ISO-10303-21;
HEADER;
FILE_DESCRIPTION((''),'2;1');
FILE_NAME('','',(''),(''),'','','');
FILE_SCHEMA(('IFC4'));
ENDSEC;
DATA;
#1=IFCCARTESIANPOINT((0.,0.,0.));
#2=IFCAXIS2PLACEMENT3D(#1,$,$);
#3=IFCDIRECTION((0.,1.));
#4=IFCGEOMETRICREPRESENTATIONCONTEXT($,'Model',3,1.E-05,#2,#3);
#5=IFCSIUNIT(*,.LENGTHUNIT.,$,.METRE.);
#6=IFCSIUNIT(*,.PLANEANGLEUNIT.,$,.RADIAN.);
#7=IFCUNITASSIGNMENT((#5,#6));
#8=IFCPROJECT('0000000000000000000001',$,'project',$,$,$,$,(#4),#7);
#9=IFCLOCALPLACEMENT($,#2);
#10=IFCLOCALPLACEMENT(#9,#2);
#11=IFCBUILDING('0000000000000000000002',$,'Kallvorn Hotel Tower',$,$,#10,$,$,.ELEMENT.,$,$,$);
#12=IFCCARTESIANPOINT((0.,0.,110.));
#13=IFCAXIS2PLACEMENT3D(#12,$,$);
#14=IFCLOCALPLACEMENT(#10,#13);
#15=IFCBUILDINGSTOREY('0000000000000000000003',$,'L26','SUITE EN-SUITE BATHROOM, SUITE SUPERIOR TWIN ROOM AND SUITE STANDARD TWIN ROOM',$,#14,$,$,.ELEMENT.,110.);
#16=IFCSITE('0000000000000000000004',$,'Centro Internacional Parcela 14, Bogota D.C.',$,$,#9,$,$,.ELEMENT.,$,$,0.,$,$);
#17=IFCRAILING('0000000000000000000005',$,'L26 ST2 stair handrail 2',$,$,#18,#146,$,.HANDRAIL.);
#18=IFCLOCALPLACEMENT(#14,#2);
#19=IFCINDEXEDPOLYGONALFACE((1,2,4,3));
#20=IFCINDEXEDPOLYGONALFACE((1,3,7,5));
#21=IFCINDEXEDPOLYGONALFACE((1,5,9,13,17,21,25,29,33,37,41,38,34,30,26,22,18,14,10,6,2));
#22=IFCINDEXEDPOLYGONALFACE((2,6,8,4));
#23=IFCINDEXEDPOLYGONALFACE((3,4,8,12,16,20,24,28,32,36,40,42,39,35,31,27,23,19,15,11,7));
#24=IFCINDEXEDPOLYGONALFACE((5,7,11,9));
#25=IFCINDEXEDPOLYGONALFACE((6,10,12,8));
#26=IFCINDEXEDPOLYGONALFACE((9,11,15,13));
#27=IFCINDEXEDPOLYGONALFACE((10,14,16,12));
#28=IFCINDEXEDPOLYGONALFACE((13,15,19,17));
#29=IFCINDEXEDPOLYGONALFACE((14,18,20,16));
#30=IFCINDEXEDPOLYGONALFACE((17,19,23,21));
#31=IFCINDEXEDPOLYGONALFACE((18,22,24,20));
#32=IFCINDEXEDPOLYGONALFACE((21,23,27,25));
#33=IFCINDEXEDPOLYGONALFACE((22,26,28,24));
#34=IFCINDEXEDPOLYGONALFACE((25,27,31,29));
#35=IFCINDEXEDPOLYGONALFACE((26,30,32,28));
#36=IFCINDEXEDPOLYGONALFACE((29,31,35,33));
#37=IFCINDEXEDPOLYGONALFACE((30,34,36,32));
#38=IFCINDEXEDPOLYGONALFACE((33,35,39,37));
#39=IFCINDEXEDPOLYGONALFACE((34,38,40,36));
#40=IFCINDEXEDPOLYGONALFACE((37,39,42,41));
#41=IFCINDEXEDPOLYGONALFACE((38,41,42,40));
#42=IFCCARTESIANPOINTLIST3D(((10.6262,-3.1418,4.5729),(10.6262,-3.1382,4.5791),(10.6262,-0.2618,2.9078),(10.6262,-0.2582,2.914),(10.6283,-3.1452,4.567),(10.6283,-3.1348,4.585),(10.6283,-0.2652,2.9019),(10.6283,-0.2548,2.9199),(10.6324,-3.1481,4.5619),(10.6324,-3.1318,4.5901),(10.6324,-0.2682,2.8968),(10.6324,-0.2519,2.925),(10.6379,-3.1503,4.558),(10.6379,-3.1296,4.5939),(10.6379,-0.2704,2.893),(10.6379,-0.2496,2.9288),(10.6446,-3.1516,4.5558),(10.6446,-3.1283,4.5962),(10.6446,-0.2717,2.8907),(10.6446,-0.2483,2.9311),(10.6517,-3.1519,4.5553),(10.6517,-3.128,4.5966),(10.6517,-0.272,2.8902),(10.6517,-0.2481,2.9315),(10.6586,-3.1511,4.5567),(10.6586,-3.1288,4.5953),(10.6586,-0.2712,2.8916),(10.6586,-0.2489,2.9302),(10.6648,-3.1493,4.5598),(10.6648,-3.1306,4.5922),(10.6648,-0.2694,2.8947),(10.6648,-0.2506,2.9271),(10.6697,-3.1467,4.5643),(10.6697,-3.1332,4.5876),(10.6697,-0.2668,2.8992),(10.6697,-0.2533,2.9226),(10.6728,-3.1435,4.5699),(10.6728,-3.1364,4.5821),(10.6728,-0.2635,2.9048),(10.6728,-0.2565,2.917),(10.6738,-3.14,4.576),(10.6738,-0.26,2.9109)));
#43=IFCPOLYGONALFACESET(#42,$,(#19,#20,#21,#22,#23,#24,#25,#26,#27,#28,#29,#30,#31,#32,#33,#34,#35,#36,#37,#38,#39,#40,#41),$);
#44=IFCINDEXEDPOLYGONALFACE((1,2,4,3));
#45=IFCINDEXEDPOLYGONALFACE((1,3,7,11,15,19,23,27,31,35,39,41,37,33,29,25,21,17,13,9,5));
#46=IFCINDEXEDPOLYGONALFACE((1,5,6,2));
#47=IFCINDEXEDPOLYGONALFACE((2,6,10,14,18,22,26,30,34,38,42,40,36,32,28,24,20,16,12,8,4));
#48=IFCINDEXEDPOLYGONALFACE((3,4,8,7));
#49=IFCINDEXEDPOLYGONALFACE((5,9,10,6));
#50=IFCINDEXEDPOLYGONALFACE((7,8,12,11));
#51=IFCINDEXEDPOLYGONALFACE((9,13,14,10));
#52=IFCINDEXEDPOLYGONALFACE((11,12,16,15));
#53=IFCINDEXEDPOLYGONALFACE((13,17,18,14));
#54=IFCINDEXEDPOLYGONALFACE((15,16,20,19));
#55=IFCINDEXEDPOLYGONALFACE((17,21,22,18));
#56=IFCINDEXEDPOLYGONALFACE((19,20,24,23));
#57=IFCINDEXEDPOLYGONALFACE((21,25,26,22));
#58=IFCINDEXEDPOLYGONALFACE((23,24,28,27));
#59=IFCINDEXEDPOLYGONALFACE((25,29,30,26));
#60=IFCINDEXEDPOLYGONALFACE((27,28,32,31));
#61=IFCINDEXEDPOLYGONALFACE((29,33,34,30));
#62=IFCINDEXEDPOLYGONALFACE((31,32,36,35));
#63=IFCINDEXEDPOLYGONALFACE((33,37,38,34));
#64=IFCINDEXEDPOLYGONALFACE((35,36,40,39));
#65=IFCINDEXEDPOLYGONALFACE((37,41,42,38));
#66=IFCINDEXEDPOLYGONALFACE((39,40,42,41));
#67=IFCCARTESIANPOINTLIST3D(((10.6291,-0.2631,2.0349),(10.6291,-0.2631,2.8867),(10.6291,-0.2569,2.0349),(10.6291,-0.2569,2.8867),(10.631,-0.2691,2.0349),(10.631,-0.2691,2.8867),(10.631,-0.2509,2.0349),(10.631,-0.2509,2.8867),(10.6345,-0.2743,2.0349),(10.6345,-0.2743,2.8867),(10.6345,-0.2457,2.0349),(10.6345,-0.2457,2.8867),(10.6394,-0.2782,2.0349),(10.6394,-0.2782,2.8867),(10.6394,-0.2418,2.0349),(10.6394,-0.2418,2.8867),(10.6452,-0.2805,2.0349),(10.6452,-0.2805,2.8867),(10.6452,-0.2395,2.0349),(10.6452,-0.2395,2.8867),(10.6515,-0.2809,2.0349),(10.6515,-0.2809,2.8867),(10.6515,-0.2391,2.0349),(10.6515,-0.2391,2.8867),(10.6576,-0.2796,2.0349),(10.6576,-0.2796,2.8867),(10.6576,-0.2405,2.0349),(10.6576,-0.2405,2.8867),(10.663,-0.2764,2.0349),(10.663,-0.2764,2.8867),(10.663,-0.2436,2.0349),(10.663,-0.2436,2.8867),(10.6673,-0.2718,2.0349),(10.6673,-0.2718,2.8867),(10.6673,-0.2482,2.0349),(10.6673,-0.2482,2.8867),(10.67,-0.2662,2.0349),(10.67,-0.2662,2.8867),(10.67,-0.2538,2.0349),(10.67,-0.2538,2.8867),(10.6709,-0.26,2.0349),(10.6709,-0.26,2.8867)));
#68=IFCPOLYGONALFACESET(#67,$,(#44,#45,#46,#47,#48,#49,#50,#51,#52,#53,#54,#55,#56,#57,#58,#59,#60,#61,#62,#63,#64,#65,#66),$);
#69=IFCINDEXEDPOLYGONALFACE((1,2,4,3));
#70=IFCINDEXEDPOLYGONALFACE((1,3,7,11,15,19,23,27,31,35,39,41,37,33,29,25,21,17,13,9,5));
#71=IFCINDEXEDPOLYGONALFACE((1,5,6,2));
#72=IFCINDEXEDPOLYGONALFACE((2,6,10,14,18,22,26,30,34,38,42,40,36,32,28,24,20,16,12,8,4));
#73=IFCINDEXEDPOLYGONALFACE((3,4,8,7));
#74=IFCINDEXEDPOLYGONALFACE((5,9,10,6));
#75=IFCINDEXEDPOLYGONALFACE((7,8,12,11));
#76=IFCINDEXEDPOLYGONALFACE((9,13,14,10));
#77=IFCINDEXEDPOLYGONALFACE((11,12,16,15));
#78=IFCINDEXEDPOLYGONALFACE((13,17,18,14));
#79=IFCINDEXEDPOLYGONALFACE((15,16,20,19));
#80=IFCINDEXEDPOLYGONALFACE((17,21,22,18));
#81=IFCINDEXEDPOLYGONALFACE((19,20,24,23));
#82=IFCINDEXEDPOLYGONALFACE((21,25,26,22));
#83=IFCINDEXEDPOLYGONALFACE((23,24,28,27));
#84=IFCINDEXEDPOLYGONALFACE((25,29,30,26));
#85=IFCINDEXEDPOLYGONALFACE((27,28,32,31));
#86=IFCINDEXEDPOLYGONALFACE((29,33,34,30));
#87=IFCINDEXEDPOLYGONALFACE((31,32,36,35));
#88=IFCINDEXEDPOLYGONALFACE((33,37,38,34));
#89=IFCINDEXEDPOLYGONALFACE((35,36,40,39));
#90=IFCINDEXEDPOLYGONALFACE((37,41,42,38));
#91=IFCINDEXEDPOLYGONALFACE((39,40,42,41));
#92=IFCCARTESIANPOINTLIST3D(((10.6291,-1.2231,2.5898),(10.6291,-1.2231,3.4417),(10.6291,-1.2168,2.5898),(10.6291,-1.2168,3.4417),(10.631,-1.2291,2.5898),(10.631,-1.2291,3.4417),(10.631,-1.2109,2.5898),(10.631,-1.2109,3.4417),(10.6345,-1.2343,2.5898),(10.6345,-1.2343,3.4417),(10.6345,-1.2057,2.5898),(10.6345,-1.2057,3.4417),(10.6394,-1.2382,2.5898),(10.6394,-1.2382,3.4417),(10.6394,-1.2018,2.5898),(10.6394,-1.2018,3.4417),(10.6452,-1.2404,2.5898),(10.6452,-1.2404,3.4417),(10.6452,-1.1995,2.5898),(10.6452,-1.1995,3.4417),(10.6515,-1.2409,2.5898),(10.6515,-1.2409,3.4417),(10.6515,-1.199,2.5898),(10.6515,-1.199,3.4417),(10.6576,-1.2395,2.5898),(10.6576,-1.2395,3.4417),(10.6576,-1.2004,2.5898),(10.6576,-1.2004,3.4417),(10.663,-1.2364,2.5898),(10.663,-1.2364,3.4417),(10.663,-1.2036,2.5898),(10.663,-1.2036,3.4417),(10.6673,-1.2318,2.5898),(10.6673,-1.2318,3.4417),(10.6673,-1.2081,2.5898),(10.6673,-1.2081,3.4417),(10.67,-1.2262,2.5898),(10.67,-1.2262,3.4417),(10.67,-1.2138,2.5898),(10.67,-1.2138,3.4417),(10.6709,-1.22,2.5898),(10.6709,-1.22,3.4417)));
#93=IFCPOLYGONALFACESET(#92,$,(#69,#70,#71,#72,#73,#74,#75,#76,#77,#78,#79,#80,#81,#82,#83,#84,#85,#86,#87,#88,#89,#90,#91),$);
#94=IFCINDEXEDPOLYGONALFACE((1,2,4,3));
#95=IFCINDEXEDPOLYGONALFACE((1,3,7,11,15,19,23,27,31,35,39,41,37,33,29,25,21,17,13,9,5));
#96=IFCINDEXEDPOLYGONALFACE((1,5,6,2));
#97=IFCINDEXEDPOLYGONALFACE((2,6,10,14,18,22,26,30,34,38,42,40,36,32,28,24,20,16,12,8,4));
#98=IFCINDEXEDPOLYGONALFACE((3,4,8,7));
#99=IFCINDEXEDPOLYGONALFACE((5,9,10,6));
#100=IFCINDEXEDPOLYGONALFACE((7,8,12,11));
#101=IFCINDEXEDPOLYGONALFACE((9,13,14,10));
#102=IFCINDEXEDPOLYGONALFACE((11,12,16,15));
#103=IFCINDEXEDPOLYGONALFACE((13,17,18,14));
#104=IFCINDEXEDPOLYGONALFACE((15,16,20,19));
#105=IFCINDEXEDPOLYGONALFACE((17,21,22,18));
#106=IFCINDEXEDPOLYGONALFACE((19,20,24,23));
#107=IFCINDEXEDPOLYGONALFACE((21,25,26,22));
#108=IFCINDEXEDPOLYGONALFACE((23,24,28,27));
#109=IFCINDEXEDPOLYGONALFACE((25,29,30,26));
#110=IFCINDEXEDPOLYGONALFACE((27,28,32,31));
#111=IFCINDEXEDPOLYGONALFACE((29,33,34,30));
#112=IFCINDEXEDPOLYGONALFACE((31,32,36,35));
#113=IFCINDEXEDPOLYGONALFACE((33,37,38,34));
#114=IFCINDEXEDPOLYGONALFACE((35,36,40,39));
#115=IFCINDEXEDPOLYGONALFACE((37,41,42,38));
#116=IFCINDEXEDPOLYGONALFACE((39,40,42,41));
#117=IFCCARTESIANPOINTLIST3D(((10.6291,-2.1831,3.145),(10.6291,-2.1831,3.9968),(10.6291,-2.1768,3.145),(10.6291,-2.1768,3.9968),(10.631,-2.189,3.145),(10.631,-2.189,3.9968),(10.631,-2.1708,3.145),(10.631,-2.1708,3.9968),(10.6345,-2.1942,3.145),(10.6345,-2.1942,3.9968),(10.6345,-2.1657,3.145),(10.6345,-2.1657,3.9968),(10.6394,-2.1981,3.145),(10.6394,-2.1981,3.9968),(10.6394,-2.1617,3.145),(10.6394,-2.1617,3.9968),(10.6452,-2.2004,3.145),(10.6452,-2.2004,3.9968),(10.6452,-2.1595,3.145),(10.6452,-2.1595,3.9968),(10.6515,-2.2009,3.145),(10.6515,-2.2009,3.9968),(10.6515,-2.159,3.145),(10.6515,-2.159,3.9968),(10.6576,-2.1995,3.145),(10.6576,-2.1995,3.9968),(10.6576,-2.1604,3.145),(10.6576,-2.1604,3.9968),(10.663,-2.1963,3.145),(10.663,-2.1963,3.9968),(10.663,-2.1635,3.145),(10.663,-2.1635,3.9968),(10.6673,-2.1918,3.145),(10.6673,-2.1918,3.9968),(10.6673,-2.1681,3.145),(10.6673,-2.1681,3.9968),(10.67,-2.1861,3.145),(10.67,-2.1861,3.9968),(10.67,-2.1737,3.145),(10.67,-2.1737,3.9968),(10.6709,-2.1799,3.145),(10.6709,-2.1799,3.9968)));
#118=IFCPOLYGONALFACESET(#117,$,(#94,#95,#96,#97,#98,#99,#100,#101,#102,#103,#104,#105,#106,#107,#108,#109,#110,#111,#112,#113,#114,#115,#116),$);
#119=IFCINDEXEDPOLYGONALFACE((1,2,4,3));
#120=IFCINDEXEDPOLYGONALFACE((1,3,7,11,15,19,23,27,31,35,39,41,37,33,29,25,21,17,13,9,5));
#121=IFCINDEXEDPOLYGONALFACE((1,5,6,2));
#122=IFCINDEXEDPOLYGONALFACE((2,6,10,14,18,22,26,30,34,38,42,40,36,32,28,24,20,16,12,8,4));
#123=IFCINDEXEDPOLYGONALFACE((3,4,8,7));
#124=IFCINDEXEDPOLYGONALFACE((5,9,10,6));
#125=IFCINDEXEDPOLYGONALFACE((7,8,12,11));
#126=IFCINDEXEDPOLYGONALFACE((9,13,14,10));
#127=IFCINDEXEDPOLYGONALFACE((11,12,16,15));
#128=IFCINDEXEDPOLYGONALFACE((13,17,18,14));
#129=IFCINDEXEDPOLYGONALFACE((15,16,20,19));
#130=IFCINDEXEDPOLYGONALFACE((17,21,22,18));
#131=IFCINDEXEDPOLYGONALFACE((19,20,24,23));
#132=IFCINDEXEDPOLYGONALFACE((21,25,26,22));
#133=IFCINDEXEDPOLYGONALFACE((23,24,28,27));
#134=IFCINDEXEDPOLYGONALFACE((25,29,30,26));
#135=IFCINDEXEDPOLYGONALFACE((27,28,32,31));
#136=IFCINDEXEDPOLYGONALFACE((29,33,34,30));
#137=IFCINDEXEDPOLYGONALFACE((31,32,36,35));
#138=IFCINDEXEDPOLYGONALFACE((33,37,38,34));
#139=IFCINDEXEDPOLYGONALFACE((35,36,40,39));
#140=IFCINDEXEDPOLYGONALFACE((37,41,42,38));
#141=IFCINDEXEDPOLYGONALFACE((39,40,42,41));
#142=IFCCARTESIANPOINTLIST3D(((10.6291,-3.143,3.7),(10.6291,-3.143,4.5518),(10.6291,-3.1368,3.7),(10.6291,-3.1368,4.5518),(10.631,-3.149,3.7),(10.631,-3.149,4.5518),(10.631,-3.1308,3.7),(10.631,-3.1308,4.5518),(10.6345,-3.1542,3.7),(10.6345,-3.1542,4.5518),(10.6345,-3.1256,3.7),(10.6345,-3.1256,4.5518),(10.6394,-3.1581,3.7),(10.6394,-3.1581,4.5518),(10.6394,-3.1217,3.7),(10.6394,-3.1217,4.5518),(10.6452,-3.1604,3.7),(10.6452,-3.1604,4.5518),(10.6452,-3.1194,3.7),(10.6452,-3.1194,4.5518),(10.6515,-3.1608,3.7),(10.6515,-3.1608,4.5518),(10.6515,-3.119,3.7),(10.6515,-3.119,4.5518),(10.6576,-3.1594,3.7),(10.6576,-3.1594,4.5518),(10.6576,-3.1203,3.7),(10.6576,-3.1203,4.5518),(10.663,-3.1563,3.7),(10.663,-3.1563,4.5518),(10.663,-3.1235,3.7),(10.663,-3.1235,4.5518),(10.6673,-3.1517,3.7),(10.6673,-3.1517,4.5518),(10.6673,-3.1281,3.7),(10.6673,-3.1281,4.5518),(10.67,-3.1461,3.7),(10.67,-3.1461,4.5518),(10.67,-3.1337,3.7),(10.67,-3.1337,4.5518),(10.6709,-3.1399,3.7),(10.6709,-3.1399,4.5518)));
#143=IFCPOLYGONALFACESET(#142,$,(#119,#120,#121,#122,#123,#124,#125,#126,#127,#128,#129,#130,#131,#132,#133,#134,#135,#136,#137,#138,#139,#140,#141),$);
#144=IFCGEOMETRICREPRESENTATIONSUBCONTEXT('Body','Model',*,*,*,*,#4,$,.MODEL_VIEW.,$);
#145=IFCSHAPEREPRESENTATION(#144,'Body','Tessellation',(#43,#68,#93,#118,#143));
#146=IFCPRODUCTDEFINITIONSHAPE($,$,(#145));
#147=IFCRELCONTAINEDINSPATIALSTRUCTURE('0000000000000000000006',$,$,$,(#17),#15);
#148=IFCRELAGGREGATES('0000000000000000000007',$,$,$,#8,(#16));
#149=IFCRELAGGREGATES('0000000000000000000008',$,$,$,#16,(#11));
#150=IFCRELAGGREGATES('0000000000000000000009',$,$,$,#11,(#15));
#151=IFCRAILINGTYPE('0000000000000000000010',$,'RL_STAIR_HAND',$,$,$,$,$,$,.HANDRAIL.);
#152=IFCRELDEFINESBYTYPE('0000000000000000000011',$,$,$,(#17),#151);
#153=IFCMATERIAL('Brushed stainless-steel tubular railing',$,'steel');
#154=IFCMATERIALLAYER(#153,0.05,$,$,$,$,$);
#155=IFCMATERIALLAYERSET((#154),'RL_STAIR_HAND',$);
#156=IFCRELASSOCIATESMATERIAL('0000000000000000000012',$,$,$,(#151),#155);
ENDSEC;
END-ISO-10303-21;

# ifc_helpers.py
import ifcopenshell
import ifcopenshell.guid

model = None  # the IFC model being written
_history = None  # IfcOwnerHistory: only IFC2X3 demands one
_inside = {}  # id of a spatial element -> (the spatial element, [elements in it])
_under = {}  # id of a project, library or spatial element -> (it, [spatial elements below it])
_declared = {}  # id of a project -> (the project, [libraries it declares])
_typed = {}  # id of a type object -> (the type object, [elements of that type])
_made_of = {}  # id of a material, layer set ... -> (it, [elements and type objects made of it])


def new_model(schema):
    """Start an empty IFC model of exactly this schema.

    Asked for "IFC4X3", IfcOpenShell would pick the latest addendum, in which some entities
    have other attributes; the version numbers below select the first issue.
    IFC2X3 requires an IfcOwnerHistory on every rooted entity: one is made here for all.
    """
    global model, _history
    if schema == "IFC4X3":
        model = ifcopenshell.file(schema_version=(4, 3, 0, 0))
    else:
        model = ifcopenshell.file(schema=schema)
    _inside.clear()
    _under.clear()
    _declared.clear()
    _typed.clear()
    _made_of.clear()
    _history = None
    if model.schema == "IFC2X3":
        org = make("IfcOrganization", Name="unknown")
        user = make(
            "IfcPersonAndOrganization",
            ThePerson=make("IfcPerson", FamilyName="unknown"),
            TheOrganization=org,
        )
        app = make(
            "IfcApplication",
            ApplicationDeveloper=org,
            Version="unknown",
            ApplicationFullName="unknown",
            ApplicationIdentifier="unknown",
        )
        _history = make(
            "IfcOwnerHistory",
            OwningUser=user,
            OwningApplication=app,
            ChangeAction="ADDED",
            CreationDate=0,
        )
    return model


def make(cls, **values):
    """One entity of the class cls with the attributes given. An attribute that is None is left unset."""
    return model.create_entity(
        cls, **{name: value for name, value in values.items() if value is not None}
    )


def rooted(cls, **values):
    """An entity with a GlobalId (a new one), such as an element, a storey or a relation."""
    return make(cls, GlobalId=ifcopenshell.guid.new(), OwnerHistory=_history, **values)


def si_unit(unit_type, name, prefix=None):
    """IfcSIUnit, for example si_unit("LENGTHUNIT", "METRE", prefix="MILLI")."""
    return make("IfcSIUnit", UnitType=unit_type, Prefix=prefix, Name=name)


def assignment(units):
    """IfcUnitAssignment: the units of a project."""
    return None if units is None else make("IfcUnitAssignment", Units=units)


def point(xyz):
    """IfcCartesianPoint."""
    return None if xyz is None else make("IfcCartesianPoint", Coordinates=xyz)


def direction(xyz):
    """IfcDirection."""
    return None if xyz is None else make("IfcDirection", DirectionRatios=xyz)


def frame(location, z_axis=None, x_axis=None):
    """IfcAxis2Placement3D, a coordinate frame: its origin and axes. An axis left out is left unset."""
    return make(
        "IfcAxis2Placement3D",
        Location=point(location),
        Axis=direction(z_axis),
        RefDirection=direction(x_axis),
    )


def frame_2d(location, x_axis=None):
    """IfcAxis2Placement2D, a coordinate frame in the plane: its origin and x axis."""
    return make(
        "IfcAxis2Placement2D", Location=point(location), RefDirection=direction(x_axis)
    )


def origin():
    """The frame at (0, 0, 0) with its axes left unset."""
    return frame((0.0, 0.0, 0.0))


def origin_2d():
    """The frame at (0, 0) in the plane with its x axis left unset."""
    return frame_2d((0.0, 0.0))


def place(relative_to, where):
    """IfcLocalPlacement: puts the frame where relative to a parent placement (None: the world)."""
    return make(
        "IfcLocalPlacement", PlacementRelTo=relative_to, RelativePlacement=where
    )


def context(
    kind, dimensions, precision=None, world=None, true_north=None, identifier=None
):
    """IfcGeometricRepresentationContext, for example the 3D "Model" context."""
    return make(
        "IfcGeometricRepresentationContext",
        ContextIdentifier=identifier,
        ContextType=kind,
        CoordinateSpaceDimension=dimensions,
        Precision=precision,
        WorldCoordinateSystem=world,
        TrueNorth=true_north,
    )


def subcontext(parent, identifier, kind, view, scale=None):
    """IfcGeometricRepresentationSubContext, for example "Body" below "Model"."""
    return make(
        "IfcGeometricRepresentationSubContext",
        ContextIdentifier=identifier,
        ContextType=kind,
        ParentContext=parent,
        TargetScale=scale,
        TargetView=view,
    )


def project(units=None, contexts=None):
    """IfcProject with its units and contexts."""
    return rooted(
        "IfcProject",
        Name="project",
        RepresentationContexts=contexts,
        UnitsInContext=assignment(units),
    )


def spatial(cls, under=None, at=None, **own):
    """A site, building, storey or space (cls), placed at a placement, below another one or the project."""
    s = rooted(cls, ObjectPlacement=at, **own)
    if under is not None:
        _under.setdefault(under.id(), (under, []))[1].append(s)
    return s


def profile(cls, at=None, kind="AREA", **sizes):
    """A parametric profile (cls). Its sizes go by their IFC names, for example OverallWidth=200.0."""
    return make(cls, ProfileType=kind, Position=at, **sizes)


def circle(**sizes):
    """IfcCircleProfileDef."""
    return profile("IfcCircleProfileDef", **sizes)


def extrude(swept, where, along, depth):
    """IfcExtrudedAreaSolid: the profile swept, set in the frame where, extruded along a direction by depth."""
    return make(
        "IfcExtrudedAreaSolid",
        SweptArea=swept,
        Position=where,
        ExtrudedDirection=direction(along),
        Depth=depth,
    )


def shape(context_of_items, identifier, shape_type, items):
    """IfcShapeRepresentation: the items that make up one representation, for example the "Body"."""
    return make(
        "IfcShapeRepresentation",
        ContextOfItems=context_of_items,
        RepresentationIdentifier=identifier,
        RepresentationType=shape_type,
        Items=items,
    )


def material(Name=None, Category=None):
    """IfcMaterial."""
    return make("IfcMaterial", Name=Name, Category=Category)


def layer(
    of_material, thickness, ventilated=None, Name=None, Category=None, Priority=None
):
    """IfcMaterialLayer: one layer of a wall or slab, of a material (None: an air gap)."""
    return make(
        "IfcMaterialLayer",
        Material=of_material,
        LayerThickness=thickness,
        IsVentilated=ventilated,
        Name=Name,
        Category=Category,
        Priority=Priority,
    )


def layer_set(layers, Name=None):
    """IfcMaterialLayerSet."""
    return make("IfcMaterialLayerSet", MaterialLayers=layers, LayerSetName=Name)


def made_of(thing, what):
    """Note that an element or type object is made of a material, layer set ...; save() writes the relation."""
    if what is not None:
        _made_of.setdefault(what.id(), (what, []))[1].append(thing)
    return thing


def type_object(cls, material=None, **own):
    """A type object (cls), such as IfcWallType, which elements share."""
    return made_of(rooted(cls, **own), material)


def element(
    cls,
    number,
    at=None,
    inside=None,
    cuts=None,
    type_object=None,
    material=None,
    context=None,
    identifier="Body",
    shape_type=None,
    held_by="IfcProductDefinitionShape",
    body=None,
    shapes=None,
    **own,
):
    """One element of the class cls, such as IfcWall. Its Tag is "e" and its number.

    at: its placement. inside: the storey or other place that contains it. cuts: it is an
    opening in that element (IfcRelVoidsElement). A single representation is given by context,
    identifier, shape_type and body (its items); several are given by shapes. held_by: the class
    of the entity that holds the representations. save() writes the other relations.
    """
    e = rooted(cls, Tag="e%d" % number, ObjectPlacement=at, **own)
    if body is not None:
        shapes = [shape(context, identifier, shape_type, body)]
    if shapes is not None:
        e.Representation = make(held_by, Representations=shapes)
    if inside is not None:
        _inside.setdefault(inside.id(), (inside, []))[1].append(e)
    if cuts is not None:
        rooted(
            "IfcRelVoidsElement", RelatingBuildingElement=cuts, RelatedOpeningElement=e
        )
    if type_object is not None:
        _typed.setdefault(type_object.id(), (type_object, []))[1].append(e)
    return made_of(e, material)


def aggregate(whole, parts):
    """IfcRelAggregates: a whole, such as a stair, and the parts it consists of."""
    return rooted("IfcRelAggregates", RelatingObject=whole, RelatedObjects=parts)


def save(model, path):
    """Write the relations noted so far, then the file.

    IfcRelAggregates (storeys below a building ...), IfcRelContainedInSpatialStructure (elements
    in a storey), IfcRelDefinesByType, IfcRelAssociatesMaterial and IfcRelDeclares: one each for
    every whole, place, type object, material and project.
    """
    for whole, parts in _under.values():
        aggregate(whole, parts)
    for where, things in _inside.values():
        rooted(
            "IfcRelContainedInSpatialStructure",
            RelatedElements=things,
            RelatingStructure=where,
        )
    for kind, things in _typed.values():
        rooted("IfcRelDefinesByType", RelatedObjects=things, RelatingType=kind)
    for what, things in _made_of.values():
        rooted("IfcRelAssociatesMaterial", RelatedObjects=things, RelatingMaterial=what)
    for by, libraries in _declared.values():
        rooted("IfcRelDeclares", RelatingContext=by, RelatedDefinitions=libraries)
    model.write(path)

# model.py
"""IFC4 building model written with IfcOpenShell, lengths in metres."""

from ifc_helpers import new_model, si_unit, direction, frame, origin, origin_2d, place, context, subcontext, project, spatial, circle, extrude, material, layer, layer_set, type_object, element, save


model = new_model("IFC4")

# Units and contexts
model_context = context("Model", 3, precision=1e-05, world=origin(), true_north=direction((0.0, 1.0)))
body_context = subcontext(model_context, "Body", "Model", "MODEL_VIEW")
ifc_project = project(units=[si_unit("LENGTHUNIT", "METRE"), si_unit("PLANEANGLEUNIT", "RADIAN")], contexts=[model_context])

# Site, building, storey
site_placement = place(None, origin())
site = spatial("IfcSite", under=ifc_project, at=site_placement, Name="Centro Internacional Parcela 14, Bogota D.C.", CompositionType="ELEMENT", RefElevation=0.0)
building_placement = place(site_placement, origin())
building = spatial("IfcBuilding", under=site, at=building_placement, Name="Kallvorn Hotel Tower", CompositionType="ELEMENT")
storey_placement = place(building_placement, frame((0.0, 0.0, 110.0)))
storey = spatial("IfcBuildingStorey", under=building, at=storey_placement, Name="L26", Description="SUITE EN-SUITE BATHROOM, SUITE SUPERIOR TWIN ROOM AND SUITE STANDARD TWIN ROOM", CompositionType="ELEMENT", Elevation=110.0)

# Railing
ifc_material_1 = material(Name="Brushed stainless-steel tubular railing", Category="steel")
ifc_layer_1 = layer(ifc_material_1, 0.05)
ifc_layer_set_1 = layer_set([ifc_layer_1], Name="RL_STAIR_HAND")
railing_type_1 = type_object("IfcRailingType", Name="RL_STAIR_HAND", PredefinedType="HANDRAIL", material=ifc_layer_set_1)
railing_1_placement = place(storey_placement, frame((10.6499, -0.26, 2.0349)))
element("IfcRailing", 1, at=railing_1_placement, inside=storey, type_object=railing_type_1, Name="L26 ST2 stair handrail 2", PredefinedType="HANDRAIL", context=body_context, shape_type="SweptSolid", body=[
    extrude(circle(Radius=0.0239, at=origin_2d()), frame((0.0, 0.0, 0.876), z_axis=(0.0, -0.865721, 0.500527), x_axis=(1.0, 0.0, 0.0)), (0.0, 0.0, 1.0), 3.3267),
    extrude(circle(Radius=0.021, at=origin_2d()), origin(), (0.0, 0.0, 1.0), 0.8518),
    extrude(circle(Radius=0.021, at=origin_2d()), frame((0.0, -0.96, 0.5549)), (0.0, 0.0, 1.0), 0.8518),
    extrude(circle(Radius=0.021, at=origin_2d()), frame((0.0, -1.9199, 1.1101)), (0.0, 0.0, 1.0), 0.8518),
    extrude(circle(Radius=0.021, at=origin_2d()), frame((0.0, -2.8799, 1.665)), (0.0, 0.0, 1.0), 0.8518),
])

save(model, "model.ifc")
